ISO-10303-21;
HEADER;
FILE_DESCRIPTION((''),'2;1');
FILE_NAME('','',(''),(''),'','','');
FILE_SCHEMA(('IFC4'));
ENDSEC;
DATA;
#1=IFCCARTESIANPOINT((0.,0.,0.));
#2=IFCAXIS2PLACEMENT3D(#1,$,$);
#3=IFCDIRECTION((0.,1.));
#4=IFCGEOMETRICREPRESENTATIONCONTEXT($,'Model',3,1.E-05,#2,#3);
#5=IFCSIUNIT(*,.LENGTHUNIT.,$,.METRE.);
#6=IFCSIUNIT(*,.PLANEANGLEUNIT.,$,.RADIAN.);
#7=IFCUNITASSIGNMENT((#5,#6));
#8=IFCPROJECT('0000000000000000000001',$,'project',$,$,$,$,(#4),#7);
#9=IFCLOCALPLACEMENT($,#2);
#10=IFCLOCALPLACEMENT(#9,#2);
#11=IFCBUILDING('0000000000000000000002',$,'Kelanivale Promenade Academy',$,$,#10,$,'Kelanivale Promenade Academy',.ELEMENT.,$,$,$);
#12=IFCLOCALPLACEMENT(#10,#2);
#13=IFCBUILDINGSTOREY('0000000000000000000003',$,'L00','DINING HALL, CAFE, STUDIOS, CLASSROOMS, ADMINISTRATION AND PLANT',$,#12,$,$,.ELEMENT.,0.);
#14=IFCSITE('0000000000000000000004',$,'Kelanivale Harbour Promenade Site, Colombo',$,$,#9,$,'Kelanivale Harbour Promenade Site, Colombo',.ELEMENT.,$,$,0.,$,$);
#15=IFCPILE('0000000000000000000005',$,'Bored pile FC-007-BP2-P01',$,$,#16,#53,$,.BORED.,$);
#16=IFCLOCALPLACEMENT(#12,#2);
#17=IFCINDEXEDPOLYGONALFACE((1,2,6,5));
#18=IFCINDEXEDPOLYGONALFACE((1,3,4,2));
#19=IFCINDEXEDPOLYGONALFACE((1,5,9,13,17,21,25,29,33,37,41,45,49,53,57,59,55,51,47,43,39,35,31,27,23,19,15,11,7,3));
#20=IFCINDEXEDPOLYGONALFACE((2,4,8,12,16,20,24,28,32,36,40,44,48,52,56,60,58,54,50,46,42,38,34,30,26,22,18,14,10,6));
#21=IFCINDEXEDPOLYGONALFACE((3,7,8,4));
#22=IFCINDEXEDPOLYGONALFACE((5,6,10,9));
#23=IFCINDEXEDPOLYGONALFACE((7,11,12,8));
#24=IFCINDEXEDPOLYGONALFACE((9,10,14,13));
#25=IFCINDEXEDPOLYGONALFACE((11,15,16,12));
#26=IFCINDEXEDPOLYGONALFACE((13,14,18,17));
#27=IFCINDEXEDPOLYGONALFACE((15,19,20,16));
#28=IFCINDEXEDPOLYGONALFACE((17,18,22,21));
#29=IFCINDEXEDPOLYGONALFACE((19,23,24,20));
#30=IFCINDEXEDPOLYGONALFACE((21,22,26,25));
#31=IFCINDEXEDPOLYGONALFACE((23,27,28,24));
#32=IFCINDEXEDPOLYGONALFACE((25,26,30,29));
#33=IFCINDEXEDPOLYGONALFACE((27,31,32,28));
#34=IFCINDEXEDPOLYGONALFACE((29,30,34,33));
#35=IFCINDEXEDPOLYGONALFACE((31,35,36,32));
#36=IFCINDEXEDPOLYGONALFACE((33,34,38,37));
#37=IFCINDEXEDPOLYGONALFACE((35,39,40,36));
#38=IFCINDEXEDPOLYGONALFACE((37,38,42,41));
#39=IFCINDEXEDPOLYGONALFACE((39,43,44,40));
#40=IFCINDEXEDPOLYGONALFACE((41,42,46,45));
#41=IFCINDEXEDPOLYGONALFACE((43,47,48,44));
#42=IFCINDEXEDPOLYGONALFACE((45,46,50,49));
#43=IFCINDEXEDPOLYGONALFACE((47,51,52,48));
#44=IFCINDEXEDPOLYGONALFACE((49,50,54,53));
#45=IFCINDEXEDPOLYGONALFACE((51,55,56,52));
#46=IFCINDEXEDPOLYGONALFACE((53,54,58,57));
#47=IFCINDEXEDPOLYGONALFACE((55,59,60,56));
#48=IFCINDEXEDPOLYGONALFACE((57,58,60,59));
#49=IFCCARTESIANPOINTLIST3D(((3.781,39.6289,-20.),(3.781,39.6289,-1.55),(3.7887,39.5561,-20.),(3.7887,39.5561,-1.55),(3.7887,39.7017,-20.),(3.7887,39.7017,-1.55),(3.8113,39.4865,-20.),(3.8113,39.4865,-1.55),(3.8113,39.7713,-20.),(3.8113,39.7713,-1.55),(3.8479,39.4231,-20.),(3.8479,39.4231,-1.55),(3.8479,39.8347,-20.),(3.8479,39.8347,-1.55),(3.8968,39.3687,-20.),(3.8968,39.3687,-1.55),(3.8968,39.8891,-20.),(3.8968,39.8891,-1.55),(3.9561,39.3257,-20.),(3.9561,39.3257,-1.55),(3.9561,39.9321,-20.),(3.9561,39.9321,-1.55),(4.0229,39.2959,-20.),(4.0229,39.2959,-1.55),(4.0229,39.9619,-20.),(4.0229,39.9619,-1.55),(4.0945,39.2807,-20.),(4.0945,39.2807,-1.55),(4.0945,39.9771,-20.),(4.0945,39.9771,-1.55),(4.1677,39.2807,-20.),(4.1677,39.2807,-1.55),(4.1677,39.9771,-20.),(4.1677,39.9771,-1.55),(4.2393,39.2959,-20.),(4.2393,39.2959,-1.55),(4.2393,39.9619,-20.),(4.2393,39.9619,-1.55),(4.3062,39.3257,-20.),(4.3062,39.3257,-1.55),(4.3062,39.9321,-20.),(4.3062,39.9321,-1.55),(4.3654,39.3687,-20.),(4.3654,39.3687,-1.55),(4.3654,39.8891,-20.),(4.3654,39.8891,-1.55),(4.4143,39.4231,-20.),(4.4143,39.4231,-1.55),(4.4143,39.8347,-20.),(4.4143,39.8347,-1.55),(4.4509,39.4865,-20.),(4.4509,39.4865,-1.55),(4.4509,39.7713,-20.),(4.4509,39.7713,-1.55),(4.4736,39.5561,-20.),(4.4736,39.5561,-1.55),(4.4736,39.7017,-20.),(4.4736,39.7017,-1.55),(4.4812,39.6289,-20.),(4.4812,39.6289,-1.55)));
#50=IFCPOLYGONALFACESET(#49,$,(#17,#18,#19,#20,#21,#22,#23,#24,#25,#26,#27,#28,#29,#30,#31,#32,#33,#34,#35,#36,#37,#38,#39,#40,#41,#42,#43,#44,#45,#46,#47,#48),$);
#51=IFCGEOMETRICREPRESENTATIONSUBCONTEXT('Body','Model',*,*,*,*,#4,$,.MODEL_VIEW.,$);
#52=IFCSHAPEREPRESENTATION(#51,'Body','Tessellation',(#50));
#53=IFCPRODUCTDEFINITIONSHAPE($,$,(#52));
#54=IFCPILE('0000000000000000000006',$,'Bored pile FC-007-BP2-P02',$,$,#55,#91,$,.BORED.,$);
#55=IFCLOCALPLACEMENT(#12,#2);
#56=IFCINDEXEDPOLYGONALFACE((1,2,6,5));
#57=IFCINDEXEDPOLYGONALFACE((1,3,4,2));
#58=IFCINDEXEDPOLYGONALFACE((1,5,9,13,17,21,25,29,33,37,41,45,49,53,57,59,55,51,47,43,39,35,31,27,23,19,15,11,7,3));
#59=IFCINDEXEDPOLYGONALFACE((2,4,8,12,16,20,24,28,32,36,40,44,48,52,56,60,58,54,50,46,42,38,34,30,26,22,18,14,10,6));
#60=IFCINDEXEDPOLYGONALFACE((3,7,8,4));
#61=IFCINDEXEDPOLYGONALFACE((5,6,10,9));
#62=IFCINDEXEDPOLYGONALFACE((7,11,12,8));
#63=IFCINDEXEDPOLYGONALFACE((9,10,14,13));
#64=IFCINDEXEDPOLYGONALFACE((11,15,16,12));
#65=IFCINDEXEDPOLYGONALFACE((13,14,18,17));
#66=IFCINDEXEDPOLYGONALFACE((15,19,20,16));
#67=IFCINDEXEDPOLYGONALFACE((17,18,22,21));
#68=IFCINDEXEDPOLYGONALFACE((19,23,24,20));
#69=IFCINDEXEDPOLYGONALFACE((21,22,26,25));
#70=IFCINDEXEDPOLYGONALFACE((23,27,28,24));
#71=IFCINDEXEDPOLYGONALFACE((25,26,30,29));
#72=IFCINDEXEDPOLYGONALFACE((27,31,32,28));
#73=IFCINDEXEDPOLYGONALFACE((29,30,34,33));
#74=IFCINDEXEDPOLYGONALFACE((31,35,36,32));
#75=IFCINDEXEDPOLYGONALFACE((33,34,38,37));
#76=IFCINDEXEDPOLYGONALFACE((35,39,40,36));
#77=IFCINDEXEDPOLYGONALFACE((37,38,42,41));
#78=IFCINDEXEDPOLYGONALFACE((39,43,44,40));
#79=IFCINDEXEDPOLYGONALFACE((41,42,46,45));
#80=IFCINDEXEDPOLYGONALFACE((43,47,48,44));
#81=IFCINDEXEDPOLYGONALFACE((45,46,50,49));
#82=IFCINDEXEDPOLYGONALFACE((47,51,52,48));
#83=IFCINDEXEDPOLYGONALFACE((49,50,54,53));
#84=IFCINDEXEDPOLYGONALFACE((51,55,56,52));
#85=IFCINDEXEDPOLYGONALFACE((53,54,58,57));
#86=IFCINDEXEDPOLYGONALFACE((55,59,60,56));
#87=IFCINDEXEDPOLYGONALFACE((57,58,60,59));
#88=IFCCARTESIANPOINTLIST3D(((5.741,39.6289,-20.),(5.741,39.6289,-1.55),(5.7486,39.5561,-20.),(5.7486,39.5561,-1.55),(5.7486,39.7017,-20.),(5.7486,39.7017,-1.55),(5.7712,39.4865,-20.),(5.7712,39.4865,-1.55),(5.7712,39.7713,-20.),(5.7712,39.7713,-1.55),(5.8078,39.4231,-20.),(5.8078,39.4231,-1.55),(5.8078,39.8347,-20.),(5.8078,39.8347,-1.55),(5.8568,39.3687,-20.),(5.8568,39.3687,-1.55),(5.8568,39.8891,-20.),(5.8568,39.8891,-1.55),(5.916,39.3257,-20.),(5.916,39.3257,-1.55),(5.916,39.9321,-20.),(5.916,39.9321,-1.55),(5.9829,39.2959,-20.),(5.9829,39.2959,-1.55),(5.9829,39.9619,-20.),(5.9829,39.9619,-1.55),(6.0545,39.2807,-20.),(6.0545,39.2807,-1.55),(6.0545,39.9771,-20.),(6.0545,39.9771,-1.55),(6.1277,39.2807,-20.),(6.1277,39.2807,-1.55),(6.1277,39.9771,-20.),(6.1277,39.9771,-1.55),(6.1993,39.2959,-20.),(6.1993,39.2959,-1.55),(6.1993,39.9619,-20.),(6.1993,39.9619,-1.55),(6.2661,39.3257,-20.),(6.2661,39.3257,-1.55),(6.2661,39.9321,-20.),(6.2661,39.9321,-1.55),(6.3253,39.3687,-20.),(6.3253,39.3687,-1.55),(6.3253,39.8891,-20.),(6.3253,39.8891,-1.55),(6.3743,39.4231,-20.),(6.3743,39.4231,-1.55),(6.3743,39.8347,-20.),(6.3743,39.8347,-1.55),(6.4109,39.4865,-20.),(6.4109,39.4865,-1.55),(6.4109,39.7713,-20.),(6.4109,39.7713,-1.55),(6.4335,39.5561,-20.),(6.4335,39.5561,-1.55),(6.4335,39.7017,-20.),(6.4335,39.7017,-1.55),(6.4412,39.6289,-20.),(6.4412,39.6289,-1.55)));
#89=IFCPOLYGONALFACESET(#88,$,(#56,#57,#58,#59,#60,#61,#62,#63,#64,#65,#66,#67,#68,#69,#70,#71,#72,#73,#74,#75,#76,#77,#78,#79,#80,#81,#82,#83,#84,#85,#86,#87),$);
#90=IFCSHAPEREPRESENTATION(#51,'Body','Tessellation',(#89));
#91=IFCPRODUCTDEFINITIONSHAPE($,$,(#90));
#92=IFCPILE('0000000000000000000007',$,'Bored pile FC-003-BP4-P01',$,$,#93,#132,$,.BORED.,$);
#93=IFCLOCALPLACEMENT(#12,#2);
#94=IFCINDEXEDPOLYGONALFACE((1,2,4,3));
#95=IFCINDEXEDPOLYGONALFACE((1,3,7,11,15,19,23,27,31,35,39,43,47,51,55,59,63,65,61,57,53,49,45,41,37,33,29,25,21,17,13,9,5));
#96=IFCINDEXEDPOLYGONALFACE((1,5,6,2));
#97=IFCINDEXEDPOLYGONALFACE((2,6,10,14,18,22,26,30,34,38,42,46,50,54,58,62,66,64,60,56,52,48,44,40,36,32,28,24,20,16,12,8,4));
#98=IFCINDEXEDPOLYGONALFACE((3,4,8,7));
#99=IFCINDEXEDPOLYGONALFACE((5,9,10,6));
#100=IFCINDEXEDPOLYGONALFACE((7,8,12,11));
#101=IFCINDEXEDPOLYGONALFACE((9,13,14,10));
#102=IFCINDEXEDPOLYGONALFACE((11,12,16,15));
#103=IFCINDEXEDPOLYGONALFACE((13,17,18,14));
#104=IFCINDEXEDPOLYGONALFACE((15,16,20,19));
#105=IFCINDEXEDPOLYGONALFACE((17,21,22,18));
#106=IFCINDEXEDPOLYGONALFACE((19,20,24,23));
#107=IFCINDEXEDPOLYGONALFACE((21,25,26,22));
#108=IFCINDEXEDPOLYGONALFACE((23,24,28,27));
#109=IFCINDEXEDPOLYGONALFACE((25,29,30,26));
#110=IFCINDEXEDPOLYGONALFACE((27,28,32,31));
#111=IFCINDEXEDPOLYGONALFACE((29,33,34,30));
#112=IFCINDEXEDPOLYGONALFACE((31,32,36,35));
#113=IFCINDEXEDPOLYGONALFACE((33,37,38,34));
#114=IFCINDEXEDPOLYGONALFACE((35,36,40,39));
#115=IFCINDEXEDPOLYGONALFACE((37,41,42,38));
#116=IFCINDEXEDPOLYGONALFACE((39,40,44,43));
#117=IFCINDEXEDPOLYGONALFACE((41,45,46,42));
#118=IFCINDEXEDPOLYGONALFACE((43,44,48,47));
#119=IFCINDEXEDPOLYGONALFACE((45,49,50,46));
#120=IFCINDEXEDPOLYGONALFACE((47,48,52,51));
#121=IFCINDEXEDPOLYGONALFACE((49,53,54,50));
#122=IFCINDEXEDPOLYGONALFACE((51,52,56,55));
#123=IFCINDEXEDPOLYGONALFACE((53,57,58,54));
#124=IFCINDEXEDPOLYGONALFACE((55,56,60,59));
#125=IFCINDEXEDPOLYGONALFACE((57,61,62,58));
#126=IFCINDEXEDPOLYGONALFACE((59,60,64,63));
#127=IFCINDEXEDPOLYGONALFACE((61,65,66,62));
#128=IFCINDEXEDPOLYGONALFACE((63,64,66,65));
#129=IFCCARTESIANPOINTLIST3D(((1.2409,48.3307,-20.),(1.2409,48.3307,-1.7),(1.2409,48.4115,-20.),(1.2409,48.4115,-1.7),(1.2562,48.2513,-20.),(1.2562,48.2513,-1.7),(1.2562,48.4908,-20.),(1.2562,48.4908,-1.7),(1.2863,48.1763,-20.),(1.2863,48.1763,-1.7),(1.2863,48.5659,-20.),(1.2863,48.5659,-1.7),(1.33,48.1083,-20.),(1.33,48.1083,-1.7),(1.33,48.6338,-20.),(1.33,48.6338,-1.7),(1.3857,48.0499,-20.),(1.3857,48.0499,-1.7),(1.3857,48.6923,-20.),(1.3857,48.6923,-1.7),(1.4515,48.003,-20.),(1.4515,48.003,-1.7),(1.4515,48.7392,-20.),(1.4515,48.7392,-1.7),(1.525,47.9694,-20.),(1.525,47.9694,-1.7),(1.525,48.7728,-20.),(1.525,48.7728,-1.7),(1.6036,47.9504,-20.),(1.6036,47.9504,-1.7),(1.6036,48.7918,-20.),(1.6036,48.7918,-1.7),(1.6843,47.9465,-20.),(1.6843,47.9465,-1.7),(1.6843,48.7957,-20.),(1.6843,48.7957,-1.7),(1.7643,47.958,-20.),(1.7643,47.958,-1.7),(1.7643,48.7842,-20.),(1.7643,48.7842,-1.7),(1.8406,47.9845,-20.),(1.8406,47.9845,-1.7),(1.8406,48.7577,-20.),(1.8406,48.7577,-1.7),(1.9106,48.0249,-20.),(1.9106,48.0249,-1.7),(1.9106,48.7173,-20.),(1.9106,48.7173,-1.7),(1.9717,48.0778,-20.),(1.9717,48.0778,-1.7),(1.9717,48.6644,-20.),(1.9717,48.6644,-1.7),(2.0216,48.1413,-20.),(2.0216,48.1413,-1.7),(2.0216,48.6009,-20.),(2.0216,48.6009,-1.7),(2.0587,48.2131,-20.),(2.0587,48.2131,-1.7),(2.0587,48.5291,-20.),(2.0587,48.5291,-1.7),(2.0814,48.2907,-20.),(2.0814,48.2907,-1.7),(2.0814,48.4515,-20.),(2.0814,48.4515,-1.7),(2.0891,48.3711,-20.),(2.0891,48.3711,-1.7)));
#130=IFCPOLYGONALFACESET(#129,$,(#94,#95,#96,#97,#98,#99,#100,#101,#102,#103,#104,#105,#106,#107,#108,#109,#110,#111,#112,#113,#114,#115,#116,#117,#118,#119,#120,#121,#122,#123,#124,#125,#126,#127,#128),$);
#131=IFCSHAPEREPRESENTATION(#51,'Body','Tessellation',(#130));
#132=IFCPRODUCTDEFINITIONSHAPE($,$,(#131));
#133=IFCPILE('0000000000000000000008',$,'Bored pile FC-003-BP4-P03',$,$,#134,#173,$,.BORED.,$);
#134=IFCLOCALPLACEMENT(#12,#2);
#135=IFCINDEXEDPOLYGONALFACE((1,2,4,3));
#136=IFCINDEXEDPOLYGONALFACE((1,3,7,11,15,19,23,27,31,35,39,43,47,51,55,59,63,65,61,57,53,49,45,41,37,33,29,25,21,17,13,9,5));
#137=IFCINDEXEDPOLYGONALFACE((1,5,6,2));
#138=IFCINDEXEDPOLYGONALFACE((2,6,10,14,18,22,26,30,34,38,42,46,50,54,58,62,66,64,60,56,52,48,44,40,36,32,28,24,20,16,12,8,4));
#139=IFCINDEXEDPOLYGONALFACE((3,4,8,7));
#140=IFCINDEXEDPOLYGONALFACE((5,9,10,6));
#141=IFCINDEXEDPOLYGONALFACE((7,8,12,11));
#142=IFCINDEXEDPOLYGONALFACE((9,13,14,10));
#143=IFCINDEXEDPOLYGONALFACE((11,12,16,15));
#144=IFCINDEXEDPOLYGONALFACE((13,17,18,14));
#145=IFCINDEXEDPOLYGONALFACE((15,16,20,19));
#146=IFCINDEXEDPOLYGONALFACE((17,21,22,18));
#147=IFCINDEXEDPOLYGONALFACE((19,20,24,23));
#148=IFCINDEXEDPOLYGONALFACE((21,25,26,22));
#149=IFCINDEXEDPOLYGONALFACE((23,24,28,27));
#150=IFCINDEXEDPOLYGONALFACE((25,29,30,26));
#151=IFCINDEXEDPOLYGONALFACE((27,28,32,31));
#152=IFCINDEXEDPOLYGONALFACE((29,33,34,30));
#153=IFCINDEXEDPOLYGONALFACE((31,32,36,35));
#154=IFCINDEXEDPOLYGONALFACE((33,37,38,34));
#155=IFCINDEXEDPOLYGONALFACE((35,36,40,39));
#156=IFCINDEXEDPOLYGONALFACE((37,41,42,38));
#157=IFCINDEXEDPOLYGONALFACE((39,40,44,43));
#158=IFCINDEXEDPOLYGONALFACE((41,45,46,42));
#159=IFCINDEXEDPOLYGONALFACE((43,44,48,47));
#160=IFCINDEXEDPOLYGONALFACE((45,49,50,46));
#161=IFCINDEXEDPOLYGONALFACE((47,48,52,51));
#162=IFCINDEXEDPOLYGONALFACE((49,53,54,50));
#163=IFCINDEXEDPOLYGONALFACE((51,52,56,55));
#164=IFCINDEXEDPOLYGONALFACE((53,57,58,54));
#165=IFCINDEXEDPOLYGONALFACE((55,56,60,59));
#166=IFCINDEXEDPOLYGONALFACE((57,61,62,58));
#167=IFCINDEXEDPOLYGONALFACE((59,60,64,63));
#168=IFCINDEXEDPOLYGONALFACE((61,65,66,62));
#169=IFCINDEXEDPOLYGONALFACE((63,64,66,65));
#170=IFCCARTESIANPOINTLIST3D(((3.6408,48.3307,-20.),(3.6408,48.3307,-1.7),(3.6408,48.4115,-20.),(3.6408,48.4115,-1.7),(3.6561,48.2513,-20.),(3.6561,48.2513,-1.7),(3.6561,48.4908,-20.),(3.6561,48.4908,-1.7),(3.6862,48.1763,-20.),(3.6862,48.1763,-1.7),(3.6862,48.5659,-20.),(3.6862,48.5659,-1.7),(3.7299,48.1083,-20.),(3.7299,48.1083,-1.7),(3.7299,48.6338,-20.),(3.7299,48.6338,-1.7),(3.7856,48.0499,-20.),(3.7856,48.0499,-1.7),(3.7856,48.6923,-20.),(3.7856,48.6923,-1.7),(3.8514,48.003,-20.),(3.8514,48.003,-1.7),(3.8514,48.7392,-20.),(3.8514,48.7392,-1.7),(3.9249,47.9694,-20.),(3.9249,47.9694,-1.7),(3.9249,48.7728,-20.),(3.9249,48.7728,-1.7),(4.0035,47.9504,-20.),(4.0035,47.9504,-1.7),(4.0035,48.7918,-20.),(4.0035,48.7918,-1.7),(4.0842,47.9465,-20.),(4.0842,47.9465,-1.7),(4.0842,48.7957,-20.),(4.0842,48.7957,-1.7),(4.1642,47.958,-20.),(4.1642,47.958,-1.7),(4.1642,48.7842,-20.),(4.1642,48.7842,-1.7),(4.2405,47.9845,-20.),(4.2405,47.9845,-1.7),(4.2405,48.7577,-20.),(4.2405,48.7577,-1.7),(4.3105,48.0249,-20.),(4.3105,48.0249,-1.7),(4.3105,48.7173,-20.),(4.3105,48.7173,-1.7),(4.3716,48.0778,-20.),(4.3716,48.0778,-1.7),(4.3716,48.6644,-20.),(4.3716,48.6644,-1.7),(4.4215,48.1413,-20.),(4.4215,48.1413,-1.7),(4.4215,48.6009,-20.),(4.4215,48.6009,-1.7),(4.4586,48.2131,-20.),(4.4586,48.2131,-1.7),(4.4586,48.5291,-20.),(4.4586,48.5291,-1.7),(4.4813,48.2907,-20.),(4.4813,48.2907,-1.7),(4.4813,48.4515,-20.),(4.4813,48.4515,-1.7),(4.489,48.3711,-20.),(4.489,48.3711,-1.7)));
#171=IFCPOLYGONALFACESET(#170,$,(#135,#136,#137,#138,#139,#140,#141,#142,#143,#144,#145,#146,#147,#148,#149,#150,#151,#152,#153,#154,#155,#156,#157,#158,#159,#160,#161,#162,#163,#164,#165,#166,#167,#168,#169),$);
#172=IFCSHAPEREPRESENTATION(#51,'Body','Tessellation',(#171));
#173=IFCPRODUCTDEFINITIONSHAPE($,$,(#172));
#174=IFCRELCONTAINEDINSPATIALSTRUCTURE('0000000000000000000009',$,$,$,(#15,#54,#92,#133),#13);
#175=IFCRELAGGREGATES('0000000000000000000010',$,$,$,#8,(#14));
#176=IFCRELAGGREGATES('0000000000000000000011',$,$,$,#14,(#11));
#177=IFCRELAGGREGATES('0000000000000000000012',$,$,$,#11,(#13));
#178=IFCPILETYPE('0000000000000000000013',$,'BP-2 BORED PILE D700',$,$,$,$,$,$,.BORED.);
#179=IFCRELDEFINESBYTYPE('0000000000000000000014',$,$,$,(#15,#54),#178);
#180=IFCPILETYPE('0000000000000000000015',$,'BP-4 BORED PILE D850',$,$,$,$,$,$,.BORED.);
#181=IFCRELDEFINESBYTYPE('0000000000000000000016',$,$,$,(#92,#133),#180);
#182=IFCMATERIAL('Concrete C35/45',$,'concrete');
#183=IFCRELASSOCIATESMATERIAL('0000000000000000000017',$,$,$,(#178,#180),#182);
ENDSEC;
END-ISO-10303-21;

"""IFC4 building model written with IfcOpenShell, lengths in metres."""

from ifc_helpers import new_model, si_unit, direction, frame, origin, origin_2d, place, context, subcontext, project, spatial, circle, extrude, material, material_profile, profile_set, type_object, element, save


model = new_model("IFC4")

# Units and contexts
model_context = context("Model", 3, precision=1e-05, world=origin(), true_north=direction((0.0, 1.0)))
body_context = subcontext(model_context, "Body", "Model", "MODEL_VIEW")
ifc_project = project(units=[si_unit("LENGTHUNIT", "METRE"), si_unit("PLANEANGLEUNIT", "RADIAN")], contexts=[model_context])

# Site, building, storey
site_placement = place(None, origin())
site = spatial("IfcSite", under=ifc_project, at=site_placement, Name="Kelanivale Harbour Promenade Site, Colombo", LongName="Kelanivale Harbour Promenade Site, Colombo", CompositionType="ELEMENT", RefElevation=0.0)
building_placement = place(site_placement, origin())
building = spatial("IfcBuilding", under=site, at=building_placement, Name="Kelanivale Promenade Academy", LongName="Kelanivale Promenade Academy", CompositionType="ELEMENT")
storey_placement = place(building_placement, origin())
storey = spatial("IfcBuildingStorey", under=building, at=storey_placement, Name="L00", Description="DINING HALL, CAFE, STUDIOS, CLASSROOMS, ADMINISTRATION AND PLANT", CompositionType="ELEMENT", Elevation=0.0)

# Piles
ifc_material_1 = material(Name="Concrete C35/45", Category="concrete")
ifc_material_profile_1 = material_profile(ifc_material_1, circle(Radius=0.3501, at=origin_2d()), Name="BORED PILE D700")
ifc_profile_set_1 = profile_set([ifc_material_profile_1], Name="Concrete C35/45")
pile_type_1 = type_object("IfcPileType", Name="BP-2 BORED PILE D700", PredefinedType="BORED", material=ifc_profile_set_1)
for number, where, z_axis, x_axis, name in (
    (1, (4.1311, 39.6289, -1.55), (0.0, 0.0, -1.0), (1.0, 0.0, 0.0), "Bored pile FC-007-BP2-P01"),
    (2, (6.0911, 39.6289, -1.55), (0.0, 0.0, -1.0), (1.0, 0.0, 0.0), "Bored pile FC-007-BP2-P02"),
):
    element("IfcPile", number, at=place(storey_placement, frame(where, z_axis=z_axis, x_axis=x_axis)), inside=storey, type_object=pile_type_1, Name=name, PredefinedType="BORED", context=body_context, shape_type="SweptSolid", body=[
        extrude(circle(Radius=0.3501, at=origin_2d()), origin(), (0.0, 0.0, 1.0), 18.45),
    ])
ifc_material_profile_2 = material_profile(ifc_material_1, circle(Radius=0.425, at=origin_2d()), Name="BORED PILE D850")
ifc_profile_set_2 = profile_set([ifc_material_profile_2], Name="Concrete C35/45")
pile_type_2 = type_object("IfcPileType", Name="BP-4 BORED PILE D850", PredefinedType="BORED", material=ifc_profile_set_2)
for number, where, z_axis, x_axis, name in (
    (3, (1.6641, 48.3711, -1.7), (0.0, 0.0, -1.0), (1.0, 0.0, 0.0), "Bored pile FC-003-BP4-P01"),
    (4, (4.064, 48.3711, -1.7), (0.0, 0.0, -1.0), (1.0, 0.0, 0.0), "Bored pile FC-003-BP4-P03"),
):
    element("IfcPile", number, at=place(storey_placement, frame(where, z_axis=z_axis, x_axis=x_axis)), inside=storey, type_object=pile_type_2, Name=name, PredefinedType="BORED", context=body_context, shape_type="SweptSolid", body=[
        extrude(circle(Radius=0.425, at=origin_2d()), origin(), (0.0, 0.0, 1.0), 18.3),
    ])

save(model, "model.ifc")
